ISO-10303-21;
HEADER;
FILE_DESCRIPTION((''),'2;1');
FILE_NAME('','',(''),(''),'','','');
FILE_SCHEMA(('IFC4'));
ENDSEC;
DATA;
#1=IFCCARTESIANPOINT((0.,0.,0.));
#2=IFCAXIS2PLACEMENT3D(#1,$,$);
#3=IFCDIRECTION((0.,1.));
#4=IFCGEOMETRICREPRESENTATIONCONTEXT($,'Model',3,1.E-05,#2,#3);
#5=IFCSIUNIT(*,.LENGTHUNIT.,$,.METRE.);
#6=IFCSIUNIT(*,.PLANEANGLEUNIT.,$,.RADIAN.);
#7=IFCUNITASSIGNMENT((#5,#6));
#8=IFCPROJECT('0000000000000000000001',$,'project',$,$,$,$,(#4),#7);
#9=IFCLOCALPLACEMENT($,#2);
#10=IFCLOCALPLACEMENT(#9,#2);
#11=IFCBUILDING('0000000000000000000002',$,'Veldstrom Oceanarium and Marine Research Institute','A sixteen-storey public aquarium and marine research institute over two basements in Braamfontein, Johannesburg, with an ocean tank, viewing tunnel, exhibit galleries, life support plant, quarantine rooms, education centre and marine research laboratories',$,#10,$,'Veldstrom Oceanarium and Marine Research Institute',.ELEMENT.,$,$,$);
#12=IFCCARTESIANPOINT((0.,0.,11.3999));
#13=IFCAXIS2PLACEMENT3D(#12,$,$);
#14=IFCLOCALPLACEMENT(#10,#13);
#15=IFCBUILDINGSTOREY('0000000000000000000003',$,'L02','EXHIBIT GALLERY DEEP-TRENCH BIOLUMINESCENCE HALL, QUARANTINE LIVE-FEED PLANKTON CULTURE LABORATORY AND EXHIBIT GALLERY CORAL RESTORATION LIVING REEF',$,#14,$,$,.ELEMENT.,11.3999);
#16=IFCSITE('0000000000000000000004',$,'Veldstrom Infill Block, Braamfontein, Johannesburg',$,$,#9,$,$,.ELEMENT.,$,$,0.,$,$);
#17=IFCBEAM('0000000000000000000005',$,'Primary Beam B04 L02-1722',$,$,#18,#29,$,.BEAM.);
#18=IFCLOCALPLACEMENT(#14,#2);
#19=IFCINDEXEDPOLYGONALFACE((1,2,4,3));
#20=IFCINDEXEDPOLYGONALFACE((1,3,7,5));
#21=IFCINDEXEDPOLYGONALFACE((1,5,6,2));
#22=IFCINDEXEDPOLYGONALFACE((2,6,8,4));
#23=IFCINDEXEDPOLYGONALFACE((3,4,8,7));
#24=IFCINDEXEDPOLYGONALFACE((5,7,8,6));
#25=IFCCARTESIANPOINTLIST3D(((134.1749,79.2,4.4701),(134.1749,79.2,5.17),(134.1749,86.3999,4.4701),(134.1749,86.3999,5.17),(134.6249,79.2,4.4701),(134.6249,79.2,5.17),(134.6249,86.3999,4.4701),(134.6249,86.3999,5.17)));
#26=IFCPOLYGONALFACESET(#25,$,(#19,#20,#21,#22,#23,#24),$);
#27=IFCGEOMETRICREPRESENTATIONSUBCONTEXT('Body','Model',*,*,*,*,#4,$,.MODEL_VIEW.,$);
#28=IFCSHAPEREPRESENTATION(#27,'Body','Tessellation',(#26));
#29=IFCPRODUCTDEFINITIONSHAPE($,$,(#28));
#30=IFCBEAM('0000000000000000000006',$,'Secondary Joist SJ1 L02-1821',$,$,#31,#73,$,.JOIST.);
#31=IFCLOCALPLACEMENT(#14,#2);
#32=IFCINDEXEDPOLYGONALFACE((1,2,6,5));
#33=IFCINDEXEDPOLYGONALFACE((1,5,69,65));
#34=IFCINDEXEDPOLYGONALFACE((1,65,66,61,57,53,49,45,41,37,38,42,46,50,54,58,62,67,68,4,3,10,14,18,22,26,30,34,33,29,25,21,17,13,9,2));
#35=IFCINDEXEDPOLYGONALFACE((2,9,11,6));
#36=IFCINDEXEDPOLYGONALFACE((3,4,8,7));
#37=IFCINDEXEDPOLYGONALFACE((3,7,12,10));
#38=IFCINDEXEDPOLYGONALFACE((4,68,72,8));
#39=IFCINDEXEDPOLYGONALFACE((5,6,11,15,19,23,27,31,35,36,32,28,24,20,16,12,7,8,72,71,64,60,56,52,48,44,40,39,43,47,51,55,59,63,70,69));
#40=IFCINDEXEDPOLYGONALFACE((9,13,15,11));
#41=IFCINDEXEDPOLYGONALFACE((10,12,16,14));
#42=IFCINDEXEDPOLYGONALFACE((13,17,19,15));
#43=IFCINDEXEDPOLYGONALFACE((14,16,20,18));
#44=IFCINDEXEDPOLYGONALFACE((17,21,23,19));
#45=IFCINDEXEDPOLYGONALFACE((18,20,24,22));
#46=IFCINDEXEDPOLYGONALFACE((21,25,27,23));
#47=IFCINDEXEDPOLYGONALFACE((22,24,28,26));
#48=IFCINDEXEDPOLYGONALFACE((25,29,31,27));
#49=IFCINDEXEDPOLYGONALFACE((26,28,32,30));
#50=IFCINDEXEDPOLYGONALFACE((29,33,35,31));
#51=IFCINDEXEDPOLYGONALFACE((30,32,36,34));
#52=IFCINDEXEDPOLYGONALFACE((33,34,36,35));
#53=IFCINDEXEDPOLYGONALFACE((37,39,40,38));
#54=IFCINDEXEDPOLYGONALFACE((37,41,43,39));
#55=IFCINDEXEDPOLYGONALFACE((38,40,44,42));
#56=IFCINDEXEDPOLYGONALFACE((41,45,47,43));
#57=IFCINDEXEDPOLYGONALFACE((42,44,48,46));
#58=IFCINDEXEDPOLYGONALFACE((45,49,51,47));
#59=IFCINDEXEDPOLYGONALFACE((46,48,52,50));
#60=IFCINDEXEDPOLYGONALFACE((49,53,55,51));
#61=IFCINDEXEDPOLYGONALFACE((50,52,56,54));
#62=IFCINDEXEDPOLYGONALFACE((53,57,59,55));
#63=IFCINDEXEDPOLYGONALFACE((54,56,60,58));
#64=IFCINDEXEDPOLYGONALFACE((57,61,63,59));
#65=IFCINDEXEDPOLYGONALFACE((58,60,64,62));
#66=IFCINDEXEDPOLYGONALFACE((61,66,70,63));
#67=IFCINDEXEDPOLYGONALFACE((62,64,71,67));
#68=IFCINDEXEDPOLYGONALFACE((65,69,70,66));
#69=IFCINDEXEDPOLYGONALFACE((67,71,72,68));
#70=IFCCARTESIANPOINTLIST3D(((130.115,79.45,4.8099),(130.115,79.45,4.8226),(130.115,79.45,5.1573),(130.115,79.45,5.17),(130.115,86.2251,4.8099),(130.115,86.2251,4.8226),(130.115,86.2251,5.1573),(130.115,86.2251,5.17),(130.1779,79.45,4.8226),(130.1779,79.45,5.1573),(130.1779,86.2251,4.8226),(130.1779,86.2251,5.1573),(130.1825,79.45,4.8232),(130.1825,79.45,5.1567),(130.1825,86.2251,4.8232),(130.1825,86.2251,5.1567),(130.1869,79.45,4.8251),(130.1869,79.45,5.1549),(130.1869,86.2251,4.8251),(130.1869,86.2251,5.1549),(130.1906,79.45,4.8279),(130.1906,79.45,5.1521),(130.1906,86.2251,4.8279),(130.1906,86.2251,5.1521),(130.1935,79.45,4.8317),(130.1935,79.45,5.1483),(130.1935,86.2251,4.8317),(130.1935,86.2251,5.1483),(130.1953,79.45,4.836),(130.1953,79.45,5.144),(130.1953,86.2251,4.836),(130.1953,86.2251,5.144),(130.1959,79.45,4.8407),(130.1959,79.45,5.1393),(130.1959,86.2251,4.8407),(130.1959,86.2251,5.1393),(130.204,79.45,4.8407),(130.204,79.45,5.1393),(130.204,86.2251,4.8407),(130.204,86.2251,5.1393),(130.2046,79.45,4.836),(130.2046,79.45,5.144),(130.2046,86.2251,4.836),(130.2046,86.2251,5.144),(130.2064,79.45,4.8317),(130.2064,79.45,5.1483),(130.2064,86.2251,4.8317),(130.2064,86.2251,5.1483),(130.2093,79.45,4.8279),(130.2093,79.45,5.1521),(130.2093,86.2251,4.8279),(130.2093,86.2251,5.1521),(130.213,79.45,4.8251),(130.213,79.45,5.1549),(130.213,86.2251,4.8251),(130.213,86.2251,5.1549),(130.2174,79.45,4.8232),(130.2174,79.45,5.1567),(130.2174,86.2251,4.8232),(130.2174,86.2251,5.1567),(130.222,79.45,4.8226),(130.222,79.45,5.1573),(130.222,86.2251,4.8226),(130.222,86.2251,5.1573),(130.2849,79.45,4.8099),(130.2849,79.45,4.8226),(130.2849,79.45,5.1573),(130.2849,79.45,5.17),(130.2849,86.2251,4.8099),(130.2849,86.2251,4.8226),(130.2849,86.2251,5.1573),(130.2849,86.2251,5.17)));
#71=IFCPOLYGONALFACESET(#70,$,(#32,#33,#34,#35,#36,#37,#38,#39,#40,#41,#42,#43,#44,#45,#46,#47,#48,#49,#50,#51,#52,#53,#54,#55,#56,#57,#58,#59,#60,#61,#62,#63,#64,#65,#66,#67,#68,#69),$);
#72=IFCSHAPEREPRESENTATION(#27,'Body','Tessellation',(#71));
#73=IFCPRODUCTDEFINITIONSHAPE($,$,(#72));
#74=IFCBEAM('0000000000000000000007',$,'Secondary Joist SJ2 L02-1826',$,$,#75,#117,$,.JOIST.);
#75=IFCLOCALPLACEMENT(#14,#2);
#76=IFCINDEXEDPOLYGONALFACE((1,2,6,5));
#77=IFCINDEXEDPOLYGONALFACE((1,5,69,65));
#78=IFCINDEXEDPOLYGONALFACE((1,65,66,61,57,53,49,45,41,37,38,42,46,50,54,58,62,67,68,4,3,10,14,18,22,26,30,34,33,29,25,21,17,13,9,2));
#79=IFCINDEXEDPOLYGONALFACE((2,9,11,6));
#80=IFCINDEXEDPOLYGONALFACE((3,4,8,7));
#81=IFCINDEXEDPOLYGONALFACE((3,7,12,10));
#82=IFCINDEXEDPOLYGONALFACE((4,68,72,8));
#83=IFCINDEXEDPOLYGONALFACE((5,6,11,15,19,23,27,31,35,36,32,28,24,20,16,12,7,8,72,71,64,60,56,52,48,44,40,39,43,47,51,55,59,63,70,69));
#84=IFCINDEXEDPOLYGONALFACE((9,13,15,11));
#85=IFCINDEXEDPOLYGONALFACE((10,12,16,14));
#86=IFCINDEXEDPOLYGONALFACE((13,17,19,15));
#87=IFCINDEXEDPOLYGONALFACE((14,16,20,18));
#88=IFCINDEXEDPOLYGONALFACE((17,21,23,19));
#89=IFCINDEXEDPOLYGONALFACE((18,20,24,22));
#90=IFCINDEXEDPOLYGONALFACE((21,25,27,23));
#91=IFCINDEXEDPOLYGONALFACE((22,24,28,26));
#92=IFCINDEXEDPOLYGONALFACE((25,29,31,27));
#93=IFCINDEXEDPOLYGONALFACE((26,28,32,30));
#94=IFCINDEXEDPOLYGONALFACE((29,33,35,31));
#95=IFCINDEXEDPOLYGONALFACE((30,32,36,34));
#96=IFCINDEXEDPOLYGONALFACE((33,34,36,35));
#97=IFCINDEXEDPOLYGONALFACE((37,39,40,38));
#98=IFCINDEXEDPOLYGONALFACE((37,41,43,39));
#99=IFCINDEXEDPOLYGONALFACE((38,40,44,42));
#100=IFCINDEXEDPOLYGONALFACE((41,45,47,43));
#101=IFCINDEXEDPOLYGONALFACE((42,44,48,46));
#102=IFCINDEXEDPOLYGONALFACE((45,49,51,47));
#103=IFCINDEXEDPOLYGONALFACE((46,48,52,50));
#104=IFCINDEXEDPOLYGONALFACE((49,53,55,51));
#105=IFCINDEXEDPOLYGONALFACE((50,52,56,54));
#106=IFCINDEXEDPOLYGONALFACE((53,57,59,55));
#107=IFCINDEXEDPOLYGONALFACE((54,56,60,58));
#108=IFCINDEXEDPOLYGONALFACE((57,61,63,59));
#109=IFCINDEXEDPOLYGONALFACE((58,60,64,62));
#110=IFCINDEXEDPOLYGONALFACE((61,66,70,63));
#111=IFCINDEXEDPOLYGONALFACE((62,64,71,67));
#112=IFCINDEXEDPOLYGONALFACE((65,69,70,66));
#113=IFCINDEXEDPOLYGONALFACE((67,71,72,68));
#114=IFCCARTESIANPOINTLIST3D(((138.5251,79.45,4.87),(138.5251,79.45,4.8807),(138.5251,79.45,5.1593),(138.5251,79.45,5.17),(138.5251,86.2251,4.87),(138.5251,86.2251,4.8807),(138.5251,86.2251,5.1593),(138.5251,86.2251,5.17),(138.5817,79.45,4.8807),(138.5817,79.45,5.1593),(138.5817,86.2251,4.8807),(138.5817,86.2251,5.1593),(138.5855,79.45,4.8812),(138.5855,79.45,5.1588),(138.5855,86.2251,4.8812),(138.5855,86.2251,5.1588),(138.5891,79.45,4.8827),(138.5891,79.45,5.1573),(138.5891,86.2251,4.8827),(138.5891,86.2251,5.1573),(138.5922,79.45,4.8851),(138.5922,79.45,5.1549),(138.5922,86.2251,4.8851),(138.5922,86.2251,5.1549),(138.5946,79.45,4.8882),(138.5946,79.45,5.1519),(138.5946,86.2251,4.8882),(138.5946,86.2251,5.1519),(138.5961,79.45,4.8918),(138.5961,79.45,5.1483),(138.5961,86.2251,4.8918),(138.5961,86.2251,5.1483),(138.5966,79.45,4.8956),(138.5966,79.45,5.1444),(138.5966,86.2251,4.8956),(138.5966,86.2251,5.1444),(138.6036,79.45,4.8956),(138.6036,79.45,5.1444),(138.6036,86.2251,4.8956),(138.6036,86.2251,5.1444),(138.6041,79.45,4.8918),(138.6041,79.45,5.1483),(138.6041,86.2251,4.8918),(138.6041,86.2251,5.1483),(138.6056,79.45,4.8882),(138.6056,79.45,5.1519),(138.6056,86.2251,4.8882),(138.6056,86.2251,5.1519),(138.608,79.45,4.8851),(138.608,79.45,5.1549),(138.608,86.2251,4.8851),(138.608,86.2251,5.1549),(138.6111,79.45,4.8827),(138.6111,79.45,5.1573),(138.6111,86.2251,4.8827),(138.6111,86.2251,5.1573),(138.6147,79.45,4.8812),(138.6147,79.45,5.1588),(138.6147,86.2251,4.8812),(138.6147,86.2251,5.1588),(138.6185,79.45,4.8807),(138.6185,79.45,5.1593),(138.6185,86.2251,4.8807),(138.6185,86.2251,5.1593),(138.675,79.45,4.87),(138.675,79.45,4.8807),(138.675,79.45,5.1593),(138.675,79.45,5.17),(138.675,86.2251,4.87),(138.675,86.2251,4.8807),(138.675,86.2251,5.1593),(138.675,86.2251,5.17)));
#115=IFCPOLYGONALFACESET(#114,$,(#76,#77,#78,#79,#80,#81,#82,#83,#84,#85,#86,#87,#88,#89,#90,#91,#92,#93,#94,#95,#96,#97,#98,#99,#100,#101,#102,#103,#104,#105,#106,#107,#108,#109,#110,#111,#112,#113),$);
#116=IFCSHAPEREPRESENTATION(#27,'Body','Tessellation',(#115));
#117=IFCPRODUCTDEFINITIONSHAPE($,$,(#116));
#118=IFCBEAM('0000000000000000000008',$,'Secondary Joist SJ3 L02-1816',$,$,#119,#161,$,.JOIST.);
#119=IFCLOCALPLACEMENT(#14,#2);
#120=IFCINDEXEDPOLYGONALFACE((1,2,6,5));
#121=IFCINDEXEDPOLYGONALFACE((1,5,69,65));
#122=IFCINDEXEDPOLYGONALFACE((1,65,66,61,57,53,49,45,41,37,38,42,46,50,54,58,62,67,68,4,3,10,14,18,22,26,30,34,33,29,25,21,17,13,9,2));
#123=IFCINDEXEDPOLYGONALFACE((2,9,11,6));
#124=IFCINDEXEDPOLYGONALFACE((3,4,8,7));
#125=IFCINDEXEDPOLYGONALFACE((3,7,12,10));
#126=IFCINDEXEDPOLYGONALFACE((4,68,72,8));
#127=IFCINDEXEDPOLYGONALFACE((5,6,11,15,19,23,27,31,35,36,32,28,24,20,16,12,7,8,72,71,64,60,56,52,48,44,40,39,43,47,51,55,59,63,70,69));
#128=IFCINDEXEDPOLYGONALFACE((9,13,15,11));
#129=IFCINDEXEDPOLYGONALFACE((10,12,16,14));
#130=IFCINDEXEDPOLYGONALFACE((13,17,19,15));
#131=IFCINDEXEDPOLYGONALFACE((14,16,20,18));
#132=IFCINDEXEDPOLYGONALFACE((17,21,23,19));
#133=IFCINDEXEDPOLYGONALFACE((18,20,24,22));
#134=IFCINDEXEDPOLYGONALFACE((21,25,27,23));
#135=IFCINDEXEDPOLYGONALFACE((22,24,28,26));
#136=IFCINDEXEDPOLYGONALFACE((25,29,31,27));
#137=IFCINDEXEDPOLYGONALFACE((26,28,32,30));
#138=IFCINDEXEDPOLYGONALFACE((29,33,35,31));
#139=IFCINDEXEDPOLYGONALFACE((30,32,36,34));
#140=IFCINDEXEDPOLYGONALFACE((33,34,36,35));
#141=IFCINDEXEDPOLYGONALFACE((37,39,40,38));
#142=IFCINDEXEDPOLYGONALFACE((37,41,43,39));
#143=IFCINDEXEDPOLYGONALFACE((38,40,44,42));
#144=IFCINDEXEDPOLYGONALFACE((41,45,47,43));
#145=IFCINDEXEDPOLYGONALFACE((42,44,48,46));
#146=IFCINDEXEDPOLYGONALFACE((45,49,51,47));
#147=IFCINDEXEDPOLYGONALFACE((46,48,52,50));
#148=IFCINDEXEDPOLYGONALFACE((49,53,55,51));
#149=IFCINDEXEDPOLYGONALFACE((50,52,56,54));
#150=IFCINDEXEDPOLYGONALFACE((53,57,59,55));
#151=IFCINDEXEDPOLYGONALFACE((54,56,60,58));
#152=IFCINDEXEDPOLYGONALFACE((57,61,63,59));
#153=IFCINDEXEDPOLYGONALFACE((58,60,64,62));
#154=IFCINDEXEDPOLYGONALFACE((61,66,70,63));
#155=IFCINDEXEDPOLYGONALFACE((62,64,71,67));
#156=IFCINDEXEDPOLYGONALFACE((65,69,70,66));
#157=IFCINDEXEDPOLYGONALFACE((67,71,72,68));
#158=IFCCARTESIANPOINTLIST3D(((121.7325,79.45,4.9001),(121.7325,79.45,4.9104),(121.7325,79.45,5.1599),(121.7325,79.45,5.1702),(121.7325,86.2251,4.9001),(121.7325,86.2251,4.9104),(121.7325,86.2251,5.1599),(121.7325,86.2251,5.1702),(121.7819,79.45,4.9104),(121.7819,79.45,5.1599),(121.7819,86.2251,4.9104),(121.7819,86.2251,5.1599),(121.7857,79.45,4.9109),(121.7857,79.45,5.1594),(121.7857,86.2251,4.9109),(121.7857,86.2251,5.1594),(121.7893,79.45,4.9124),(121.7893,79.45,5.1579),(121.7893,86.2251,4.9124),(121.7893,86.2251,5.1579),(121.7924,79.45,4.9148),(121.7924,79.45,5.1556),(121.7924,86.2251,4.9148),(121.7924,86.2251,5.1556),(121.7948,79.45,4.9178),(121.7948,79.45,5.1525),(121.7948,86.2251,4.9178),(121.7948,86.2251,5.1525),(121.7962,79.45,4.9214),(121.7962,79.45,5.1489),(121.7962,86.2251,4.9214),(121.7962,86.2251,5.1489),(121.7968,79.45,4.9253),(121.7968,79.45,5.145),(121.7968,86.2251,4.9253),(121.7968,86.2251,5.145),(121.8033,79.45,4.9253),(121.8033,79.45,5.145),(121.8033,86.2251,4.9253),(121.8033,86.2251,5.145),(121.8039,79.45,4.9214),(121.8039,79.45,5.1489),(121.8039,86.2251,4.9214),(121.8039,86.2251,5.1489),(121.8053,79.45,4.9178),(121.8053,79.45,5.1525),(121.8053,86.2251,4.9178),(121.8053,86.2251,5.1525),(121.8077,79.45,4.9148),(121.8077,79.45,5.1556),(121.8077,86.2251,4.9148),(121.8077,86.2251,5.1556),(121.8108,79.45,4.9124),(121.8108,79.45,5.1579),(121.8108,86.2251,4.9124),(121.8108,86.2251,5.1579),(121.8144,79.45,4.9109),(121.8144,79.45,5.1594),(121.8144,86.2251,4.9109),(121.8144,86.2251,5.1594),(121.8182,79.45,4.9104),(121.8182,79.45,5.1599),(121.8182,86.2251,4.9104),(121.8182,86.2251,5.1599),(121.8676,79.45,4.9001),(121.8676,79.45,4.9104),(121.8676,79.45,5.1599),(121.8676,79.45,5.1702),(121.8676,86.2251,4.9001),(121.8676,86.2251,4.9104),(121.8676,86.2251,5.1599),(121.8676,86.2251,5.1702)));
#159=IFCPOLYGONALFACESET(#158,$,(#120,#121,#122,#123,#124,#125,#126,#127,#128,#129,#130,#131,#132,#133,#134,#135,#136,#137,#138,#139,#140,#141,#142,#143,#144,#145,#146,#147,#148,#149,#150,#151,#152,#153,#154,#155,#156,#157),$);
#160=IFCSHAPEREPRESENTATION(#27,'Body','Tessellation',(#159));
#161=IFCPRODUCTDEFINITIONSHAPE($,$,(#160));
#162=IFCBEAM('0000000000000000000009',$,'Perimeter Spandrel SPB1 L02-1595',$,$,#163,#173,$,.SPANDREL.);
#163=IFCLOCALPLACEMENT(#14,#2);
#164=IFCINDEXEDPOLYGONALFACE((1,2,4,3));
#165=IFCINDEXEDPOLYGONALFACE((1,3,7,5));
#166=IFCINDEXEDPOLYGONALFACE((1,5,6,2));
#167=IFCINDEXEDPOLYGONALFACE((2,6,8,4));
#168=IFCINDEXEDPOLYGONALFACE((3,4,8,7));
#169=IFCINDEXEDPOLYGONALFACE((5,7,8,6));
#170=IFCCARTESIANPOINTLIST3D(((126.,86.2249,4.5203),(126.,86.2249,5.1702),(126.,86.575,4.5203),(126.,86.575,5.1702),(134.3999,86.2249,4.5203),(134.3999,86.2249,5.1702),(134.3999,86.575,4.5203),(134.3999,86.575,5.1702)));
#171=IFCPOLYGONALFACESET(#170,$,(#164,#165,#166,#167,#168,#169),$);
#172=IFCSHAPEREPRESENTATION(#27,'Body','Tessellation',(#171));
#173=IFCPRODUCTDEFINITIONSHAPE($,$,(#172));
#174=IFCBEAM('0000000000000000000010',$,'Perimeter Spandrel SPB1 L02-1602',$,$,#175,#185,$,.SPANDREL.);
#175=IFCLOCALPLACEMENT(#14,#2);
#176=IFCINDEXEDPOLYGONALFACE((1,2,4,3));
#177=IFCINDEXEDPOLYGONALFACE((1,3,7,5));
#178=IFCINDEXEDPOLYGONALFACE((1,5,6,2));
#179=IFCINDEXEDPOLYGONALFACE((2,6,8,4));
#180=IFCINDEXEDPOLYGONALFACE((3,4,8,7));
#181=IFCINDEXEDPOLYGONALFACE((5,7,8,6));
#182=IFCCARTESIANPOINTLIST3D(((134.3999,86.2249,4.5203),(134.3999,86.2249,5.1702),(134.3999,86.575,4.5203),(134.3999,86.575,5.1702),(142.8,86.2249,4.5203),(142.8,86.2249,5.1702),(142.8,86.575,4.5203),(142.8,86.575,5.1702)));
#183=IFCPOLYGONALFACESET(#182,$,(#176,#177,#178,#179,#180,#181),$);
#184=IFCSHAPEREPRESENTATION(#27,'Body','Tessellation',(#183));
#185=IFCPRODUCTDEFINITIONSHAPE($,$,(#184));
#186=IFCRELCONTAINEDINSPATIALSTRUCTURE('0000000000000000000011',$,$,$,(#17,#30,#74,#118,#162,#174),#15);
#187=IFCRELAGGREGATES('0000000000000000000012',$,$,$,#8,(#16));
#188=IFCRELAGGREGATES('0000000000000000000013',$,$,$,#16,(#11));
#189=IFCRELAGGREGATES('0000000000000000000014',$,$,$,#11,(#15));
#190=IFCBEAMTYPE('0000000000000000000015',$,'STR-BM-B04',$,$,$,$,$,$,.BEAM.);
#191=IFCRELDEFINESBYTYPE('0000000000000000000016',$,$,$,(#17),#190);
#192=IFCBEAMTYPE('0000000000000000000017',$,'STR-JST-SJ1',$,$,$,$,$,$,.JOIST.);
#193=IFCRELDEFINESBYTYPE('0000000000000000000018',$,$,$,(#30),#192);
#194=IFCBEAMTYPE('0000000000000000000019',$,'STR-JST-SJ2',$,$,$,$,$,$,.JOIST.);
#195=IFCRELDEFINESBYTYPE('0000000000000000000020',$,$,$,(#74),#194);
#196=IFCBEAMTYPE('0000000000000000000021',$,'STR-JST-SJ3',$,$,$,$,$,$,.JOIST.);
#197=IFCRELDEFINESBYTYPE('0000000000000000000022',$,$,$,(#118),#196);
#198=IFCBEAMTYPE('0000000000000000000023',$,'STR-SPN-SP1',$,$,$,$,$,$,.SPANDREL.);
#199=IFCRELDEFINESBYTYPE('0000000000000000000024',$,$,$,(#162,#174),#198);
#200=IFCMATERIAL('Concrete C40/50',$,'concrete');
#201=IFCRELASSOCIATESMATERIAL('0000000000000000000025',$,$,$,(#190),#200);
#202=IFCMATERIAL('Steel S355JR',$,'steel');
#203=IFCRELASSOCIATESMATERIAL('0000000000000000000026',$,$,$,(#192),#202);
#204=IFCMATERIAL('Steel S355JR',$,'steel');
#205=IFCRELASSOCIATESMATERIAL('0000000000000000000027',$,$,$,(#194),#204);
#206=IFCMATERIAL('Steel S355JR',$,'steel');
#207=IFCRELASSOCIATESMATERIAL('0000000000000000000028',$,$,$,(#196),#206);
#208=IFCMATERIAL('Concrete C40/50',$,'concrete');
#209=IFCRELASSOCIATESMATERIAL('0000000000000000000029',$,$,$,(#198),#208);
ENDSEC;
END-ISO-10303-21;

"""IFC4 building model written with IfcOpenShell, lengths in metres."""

from ifc_helpers import new_model, si_unit, direction, frame, origin, origin_2d, place, context, subcontext, project, spatial, rectangle, i_section, extrude, material, material_profile, profile_set, type_object, element, save


model = new_model("IFC4")

# Units and contexts
model_context = context("Model", 3, precision=1e-05, world=origin(), true_north=direction((0.0, 1.0)))
body_context = subcontext(model_context, "Body", "Model", "MODEL_VIEW")
ifc_project = project(units=[si_unit("LENGTHUNIT", "METRE"), si_unit("PLANEANGLEUNIT", "RADIAN")], contexts=[model_context])

# Site, building, storey
site_placement = place(None, origin())
site = spatial("IfcSite", under=ifc_project, at=site_placement, Name="Veldstrom Infill Block, Braamfontein, Johannesburg", CompositionType="ELEMENT", RefElevation=0.0)
building_placement = place(site_placement, origin())
building = spatial("IfcBuilding", under=site, at=building_placement, Name="Veldstrom Oceanarium and Marine Research Institute", Description="A sixteen-storey public aquarium and marine research institute over two basements in Braamfontein, Johannesburg, with an ocean tank, viewing tunnel, exhibit galleries, life support plant, quarantine rooms, education centre and marine research laboratories", LongName="Veldstrom Oceanarium and Marine Research Institute", CompositionType="ELEMENT")
storey_placement = place(building_placement, frame((0.0, 0.0, 11.3999)))
storey = spatial("IfcBuildingStorey", under=building, at=storey_placement, Name="L02", Description="EXHIBIT GALLERY DEEP-TRENCH BIOLUMINESCENCE HALL, QUARANTINE LIVE-FEED PLANKTON CULTURE LABORATORY AND EXHIBIT GALLERY CORAL RESTORATION LIVING REEF", CompositionType="ELEMENT", Elevation=11.3999)

# Beams
ifc_material_1 = material(Name="Concrete C40/50", Category="concrete")
ifc_material_profile_1 = material_profile(ifc_material_1, rectangle(XDim=0.45, YDim=0.7, at=origin_2d()), Name="RC-BM-450x700")
ifc_profile_set_1 = profile_set([ifc_material_profile_1], Name="Concrete C40/50")
beam_type_1 = type_object("IfcBeamType", Name="STR-BM-B04", PredefinedType="BEAM", material=ifc_profile_set_1)
beam_1_placement = place(storey_placement, frame((134.3999, 79.2, 4.8201), z_axis=(0.0, 1.0, 0.0), x_axis=(-1.0, 0.0, 0.0)))
element("IfcBeam", 1, at=beam_1_placement, inside=storey, type_object=beam_type_1, Name="Primary Beam B04 L02-1722", PredefinedType="BEAM", context=body_context, shape_type="SweptSolid", body=[
    extrude(rectangle(XDim=0.45, YDim=0.7, at=origin_2d()), origin(), (0.0, 0.0, 1.0), 7.2),
])
ifc_material_2 = material(Name="Steel S355JR", Category="steel")
ifc_material_profile_2 = material_profile(ifc_material_2, i_section(OverallWidth=0.1699, OverallDepth=0.3601, WebThickness=0.0081, FlangeThickness=0.0127, FilletRadius=0.0181, at=origin_2d()), Name="IPE 360")
ifc_profile_set_2 = profile_set([ifc_material_profile_2], Name="Steel S355JR")
beam_type_2 = type_object("IfcBeamType", Name="STR-JST-SJ1", PredefinedType="JOIST", material=ifc_profile_set_2)
beam_2_placement = place(storey_placement, frame((130.2, 79.45, 4.99), z_axis=(0.0, 1.0, 0.0), x_axis=(-1.0, 0.0, 0.0)))
element("IfcBeam", 2, at=beam_2_placement, inside=storey, type_object=beam_type_2, Name="Secondary Joist SJ1 L02-1821", PredefinedType="JOIST", context=body_context, shape_type="SweptSolid", body=[
    extrude(i_section(OverallWidth=0.1699, OverallDepth=0.3601, WebThickness=0.0081, FlangeThickness=0.0127, FilletRadius=0.0181, at=origin_2d()), origin(), (0.0, 0.0, 1.0), 6.7751),
])
ifc_material_3 = material(Name="Steel S355JR", Category="steel")
ifc_material_profile_3 = material_profile(ifc_material_3, i_section(OverallWidth=0.1499, OverallDepth=0.3, WebThickness=0.0071, FlangeThickness=0.0107, FilletRadius=0.0149, at=origin_2d()), Name="IPE 300")
ifc_profile_set_3 = profile_set([ifc_material_profile_3], Name="Steel S355JR")
beam_type_3 = type_object("IfcBeamType", Name="STR-JST-SJ2", PredefinedType="JOIST", material=ifc_profile_set_3)
beam_3_placement = place(storey_placement, frame((138.6001, 79.45, 5.02), z_axis=(0.0, 1.0, 0.0), x_axis=(-1.0, 0.0, 0.0)))
element("IfcBeam", 3, at=beam_3_placement, inside=storey, type_object=beam_type_3, Name="Secondary Joist SJ2 L02-1826", PredefinedType="JOIST", context=body_context, shape_type="SweptSolid", body=[
    extrude(i_section(OverallWidth=0.1499, OverallDepth=0.3, WebThickness=0.0071, FlangeThickness=0.0107, FilletRadius=0.0149, at=origin_2d()), origin(), (0.0, 0.0, 1.0), 6.7751),
])
ifc_material_4 = material(Name="Steel S355JR", Category="steel")
ifc_material_profile_4 = material_profile(ifc_material_4, i_section(OverallWidth=0.135, OverallDepth=0.27, WebThickness=0.0066, FlangeThickness=0.0103, FilletRadius=0.0149, at=origin_2d()), Name="IPE 270")
ifc_profile_set_4 = profile_set([ifc_material_profile_4], Name="Steel S355JR")
beam_type_4 = type_object("IfcBeamType", Name="STR-JST-SJ3", PredefinedType="JOIST", material=ifc_profile_set_4)
beam_4_placement = place(storey_placement, frame((121.8, 79.45, 5.0352), z_axis=(0.0, 1.0, 0.0), x_axis=(-1.0, 0.0, 0.0)))
element("IfcBeam", 4, at=beam_4_placement, inside=storey, type_object=beam_type_4, Name="Secondary Joist SJ3 L02-1816", PredefinedType="JOIST", context=body_context, shape_type="SweptSolid", body=[
    extrude(i_section(OverallWidth=0.135, OverallDepth=0.27, WebThickness=0.0066, FlangeThickness=0.0103, FilletRadius=0.0149, at=origin_2d()), origin(), (0.0, 0.0, 1.0), 6.7751),
])
ifc_material_5 = material(Name="Concrete C40/50", Category="concrete")
ifc_material_profile_5 = material_profile(ifc_material_5, rectangle(XDim=0.3501, YDim=0.6499, at=origin_2d()), Name="RC-SPN-350x650")
ifc_profile_set_5 = profile_set([ifc_material_profile_5], Name="Concrete C40/50")
beam_type_5 = type_object("IfcBeamType", Name="STR-SPN-SP1", PredefinedType="SPANDREL", material=ifc_profile_set_5)
beam_5_placement = place(storey_placement, frame((126.0, 86.3999, 4.8452), z_axis=(1.0, 0.0, 0.0), x_axis=(0.0, 1.0, 0.0)))
element("IfcBeam", 5, at=beam_5_placement, inside=storey, type_object=beam_type_5, Name="Perimeter Spandrel SPB1 L02-1595", PredefinedType="SPANDREL", context=body_context, shape_type="SweptSolid", body=[
    extrude(rectangle(XDim=0.3501, YDim=0.6499, at=origin_2d()), origin(), (0.0, 0.0, 1.0), 8.3999),
])
beam_6_placement = place(storey_placement, frame((134.3999, 86.3999, 4.8452), z_axis=(1.0, 0.0, 0.0), x_axis=(0.0, 1.0, 0.0)))
element("IfcBeam", 6, at=beam_6_placement, inside=storey, type_object=beam_type_5, Name="Perimeter Spandrel SPB1 L02-1602", PredefinedType="SPANDREL", context=body_context, shape_type="SweptSolid", body=[
    extrude(rectangle(XDim=0.3501, YDim=0.6499, at=origin_2d()), origin(), (0.0, 0.0, 1.0), 8.4001),
])

save(model, "model.ifc")
